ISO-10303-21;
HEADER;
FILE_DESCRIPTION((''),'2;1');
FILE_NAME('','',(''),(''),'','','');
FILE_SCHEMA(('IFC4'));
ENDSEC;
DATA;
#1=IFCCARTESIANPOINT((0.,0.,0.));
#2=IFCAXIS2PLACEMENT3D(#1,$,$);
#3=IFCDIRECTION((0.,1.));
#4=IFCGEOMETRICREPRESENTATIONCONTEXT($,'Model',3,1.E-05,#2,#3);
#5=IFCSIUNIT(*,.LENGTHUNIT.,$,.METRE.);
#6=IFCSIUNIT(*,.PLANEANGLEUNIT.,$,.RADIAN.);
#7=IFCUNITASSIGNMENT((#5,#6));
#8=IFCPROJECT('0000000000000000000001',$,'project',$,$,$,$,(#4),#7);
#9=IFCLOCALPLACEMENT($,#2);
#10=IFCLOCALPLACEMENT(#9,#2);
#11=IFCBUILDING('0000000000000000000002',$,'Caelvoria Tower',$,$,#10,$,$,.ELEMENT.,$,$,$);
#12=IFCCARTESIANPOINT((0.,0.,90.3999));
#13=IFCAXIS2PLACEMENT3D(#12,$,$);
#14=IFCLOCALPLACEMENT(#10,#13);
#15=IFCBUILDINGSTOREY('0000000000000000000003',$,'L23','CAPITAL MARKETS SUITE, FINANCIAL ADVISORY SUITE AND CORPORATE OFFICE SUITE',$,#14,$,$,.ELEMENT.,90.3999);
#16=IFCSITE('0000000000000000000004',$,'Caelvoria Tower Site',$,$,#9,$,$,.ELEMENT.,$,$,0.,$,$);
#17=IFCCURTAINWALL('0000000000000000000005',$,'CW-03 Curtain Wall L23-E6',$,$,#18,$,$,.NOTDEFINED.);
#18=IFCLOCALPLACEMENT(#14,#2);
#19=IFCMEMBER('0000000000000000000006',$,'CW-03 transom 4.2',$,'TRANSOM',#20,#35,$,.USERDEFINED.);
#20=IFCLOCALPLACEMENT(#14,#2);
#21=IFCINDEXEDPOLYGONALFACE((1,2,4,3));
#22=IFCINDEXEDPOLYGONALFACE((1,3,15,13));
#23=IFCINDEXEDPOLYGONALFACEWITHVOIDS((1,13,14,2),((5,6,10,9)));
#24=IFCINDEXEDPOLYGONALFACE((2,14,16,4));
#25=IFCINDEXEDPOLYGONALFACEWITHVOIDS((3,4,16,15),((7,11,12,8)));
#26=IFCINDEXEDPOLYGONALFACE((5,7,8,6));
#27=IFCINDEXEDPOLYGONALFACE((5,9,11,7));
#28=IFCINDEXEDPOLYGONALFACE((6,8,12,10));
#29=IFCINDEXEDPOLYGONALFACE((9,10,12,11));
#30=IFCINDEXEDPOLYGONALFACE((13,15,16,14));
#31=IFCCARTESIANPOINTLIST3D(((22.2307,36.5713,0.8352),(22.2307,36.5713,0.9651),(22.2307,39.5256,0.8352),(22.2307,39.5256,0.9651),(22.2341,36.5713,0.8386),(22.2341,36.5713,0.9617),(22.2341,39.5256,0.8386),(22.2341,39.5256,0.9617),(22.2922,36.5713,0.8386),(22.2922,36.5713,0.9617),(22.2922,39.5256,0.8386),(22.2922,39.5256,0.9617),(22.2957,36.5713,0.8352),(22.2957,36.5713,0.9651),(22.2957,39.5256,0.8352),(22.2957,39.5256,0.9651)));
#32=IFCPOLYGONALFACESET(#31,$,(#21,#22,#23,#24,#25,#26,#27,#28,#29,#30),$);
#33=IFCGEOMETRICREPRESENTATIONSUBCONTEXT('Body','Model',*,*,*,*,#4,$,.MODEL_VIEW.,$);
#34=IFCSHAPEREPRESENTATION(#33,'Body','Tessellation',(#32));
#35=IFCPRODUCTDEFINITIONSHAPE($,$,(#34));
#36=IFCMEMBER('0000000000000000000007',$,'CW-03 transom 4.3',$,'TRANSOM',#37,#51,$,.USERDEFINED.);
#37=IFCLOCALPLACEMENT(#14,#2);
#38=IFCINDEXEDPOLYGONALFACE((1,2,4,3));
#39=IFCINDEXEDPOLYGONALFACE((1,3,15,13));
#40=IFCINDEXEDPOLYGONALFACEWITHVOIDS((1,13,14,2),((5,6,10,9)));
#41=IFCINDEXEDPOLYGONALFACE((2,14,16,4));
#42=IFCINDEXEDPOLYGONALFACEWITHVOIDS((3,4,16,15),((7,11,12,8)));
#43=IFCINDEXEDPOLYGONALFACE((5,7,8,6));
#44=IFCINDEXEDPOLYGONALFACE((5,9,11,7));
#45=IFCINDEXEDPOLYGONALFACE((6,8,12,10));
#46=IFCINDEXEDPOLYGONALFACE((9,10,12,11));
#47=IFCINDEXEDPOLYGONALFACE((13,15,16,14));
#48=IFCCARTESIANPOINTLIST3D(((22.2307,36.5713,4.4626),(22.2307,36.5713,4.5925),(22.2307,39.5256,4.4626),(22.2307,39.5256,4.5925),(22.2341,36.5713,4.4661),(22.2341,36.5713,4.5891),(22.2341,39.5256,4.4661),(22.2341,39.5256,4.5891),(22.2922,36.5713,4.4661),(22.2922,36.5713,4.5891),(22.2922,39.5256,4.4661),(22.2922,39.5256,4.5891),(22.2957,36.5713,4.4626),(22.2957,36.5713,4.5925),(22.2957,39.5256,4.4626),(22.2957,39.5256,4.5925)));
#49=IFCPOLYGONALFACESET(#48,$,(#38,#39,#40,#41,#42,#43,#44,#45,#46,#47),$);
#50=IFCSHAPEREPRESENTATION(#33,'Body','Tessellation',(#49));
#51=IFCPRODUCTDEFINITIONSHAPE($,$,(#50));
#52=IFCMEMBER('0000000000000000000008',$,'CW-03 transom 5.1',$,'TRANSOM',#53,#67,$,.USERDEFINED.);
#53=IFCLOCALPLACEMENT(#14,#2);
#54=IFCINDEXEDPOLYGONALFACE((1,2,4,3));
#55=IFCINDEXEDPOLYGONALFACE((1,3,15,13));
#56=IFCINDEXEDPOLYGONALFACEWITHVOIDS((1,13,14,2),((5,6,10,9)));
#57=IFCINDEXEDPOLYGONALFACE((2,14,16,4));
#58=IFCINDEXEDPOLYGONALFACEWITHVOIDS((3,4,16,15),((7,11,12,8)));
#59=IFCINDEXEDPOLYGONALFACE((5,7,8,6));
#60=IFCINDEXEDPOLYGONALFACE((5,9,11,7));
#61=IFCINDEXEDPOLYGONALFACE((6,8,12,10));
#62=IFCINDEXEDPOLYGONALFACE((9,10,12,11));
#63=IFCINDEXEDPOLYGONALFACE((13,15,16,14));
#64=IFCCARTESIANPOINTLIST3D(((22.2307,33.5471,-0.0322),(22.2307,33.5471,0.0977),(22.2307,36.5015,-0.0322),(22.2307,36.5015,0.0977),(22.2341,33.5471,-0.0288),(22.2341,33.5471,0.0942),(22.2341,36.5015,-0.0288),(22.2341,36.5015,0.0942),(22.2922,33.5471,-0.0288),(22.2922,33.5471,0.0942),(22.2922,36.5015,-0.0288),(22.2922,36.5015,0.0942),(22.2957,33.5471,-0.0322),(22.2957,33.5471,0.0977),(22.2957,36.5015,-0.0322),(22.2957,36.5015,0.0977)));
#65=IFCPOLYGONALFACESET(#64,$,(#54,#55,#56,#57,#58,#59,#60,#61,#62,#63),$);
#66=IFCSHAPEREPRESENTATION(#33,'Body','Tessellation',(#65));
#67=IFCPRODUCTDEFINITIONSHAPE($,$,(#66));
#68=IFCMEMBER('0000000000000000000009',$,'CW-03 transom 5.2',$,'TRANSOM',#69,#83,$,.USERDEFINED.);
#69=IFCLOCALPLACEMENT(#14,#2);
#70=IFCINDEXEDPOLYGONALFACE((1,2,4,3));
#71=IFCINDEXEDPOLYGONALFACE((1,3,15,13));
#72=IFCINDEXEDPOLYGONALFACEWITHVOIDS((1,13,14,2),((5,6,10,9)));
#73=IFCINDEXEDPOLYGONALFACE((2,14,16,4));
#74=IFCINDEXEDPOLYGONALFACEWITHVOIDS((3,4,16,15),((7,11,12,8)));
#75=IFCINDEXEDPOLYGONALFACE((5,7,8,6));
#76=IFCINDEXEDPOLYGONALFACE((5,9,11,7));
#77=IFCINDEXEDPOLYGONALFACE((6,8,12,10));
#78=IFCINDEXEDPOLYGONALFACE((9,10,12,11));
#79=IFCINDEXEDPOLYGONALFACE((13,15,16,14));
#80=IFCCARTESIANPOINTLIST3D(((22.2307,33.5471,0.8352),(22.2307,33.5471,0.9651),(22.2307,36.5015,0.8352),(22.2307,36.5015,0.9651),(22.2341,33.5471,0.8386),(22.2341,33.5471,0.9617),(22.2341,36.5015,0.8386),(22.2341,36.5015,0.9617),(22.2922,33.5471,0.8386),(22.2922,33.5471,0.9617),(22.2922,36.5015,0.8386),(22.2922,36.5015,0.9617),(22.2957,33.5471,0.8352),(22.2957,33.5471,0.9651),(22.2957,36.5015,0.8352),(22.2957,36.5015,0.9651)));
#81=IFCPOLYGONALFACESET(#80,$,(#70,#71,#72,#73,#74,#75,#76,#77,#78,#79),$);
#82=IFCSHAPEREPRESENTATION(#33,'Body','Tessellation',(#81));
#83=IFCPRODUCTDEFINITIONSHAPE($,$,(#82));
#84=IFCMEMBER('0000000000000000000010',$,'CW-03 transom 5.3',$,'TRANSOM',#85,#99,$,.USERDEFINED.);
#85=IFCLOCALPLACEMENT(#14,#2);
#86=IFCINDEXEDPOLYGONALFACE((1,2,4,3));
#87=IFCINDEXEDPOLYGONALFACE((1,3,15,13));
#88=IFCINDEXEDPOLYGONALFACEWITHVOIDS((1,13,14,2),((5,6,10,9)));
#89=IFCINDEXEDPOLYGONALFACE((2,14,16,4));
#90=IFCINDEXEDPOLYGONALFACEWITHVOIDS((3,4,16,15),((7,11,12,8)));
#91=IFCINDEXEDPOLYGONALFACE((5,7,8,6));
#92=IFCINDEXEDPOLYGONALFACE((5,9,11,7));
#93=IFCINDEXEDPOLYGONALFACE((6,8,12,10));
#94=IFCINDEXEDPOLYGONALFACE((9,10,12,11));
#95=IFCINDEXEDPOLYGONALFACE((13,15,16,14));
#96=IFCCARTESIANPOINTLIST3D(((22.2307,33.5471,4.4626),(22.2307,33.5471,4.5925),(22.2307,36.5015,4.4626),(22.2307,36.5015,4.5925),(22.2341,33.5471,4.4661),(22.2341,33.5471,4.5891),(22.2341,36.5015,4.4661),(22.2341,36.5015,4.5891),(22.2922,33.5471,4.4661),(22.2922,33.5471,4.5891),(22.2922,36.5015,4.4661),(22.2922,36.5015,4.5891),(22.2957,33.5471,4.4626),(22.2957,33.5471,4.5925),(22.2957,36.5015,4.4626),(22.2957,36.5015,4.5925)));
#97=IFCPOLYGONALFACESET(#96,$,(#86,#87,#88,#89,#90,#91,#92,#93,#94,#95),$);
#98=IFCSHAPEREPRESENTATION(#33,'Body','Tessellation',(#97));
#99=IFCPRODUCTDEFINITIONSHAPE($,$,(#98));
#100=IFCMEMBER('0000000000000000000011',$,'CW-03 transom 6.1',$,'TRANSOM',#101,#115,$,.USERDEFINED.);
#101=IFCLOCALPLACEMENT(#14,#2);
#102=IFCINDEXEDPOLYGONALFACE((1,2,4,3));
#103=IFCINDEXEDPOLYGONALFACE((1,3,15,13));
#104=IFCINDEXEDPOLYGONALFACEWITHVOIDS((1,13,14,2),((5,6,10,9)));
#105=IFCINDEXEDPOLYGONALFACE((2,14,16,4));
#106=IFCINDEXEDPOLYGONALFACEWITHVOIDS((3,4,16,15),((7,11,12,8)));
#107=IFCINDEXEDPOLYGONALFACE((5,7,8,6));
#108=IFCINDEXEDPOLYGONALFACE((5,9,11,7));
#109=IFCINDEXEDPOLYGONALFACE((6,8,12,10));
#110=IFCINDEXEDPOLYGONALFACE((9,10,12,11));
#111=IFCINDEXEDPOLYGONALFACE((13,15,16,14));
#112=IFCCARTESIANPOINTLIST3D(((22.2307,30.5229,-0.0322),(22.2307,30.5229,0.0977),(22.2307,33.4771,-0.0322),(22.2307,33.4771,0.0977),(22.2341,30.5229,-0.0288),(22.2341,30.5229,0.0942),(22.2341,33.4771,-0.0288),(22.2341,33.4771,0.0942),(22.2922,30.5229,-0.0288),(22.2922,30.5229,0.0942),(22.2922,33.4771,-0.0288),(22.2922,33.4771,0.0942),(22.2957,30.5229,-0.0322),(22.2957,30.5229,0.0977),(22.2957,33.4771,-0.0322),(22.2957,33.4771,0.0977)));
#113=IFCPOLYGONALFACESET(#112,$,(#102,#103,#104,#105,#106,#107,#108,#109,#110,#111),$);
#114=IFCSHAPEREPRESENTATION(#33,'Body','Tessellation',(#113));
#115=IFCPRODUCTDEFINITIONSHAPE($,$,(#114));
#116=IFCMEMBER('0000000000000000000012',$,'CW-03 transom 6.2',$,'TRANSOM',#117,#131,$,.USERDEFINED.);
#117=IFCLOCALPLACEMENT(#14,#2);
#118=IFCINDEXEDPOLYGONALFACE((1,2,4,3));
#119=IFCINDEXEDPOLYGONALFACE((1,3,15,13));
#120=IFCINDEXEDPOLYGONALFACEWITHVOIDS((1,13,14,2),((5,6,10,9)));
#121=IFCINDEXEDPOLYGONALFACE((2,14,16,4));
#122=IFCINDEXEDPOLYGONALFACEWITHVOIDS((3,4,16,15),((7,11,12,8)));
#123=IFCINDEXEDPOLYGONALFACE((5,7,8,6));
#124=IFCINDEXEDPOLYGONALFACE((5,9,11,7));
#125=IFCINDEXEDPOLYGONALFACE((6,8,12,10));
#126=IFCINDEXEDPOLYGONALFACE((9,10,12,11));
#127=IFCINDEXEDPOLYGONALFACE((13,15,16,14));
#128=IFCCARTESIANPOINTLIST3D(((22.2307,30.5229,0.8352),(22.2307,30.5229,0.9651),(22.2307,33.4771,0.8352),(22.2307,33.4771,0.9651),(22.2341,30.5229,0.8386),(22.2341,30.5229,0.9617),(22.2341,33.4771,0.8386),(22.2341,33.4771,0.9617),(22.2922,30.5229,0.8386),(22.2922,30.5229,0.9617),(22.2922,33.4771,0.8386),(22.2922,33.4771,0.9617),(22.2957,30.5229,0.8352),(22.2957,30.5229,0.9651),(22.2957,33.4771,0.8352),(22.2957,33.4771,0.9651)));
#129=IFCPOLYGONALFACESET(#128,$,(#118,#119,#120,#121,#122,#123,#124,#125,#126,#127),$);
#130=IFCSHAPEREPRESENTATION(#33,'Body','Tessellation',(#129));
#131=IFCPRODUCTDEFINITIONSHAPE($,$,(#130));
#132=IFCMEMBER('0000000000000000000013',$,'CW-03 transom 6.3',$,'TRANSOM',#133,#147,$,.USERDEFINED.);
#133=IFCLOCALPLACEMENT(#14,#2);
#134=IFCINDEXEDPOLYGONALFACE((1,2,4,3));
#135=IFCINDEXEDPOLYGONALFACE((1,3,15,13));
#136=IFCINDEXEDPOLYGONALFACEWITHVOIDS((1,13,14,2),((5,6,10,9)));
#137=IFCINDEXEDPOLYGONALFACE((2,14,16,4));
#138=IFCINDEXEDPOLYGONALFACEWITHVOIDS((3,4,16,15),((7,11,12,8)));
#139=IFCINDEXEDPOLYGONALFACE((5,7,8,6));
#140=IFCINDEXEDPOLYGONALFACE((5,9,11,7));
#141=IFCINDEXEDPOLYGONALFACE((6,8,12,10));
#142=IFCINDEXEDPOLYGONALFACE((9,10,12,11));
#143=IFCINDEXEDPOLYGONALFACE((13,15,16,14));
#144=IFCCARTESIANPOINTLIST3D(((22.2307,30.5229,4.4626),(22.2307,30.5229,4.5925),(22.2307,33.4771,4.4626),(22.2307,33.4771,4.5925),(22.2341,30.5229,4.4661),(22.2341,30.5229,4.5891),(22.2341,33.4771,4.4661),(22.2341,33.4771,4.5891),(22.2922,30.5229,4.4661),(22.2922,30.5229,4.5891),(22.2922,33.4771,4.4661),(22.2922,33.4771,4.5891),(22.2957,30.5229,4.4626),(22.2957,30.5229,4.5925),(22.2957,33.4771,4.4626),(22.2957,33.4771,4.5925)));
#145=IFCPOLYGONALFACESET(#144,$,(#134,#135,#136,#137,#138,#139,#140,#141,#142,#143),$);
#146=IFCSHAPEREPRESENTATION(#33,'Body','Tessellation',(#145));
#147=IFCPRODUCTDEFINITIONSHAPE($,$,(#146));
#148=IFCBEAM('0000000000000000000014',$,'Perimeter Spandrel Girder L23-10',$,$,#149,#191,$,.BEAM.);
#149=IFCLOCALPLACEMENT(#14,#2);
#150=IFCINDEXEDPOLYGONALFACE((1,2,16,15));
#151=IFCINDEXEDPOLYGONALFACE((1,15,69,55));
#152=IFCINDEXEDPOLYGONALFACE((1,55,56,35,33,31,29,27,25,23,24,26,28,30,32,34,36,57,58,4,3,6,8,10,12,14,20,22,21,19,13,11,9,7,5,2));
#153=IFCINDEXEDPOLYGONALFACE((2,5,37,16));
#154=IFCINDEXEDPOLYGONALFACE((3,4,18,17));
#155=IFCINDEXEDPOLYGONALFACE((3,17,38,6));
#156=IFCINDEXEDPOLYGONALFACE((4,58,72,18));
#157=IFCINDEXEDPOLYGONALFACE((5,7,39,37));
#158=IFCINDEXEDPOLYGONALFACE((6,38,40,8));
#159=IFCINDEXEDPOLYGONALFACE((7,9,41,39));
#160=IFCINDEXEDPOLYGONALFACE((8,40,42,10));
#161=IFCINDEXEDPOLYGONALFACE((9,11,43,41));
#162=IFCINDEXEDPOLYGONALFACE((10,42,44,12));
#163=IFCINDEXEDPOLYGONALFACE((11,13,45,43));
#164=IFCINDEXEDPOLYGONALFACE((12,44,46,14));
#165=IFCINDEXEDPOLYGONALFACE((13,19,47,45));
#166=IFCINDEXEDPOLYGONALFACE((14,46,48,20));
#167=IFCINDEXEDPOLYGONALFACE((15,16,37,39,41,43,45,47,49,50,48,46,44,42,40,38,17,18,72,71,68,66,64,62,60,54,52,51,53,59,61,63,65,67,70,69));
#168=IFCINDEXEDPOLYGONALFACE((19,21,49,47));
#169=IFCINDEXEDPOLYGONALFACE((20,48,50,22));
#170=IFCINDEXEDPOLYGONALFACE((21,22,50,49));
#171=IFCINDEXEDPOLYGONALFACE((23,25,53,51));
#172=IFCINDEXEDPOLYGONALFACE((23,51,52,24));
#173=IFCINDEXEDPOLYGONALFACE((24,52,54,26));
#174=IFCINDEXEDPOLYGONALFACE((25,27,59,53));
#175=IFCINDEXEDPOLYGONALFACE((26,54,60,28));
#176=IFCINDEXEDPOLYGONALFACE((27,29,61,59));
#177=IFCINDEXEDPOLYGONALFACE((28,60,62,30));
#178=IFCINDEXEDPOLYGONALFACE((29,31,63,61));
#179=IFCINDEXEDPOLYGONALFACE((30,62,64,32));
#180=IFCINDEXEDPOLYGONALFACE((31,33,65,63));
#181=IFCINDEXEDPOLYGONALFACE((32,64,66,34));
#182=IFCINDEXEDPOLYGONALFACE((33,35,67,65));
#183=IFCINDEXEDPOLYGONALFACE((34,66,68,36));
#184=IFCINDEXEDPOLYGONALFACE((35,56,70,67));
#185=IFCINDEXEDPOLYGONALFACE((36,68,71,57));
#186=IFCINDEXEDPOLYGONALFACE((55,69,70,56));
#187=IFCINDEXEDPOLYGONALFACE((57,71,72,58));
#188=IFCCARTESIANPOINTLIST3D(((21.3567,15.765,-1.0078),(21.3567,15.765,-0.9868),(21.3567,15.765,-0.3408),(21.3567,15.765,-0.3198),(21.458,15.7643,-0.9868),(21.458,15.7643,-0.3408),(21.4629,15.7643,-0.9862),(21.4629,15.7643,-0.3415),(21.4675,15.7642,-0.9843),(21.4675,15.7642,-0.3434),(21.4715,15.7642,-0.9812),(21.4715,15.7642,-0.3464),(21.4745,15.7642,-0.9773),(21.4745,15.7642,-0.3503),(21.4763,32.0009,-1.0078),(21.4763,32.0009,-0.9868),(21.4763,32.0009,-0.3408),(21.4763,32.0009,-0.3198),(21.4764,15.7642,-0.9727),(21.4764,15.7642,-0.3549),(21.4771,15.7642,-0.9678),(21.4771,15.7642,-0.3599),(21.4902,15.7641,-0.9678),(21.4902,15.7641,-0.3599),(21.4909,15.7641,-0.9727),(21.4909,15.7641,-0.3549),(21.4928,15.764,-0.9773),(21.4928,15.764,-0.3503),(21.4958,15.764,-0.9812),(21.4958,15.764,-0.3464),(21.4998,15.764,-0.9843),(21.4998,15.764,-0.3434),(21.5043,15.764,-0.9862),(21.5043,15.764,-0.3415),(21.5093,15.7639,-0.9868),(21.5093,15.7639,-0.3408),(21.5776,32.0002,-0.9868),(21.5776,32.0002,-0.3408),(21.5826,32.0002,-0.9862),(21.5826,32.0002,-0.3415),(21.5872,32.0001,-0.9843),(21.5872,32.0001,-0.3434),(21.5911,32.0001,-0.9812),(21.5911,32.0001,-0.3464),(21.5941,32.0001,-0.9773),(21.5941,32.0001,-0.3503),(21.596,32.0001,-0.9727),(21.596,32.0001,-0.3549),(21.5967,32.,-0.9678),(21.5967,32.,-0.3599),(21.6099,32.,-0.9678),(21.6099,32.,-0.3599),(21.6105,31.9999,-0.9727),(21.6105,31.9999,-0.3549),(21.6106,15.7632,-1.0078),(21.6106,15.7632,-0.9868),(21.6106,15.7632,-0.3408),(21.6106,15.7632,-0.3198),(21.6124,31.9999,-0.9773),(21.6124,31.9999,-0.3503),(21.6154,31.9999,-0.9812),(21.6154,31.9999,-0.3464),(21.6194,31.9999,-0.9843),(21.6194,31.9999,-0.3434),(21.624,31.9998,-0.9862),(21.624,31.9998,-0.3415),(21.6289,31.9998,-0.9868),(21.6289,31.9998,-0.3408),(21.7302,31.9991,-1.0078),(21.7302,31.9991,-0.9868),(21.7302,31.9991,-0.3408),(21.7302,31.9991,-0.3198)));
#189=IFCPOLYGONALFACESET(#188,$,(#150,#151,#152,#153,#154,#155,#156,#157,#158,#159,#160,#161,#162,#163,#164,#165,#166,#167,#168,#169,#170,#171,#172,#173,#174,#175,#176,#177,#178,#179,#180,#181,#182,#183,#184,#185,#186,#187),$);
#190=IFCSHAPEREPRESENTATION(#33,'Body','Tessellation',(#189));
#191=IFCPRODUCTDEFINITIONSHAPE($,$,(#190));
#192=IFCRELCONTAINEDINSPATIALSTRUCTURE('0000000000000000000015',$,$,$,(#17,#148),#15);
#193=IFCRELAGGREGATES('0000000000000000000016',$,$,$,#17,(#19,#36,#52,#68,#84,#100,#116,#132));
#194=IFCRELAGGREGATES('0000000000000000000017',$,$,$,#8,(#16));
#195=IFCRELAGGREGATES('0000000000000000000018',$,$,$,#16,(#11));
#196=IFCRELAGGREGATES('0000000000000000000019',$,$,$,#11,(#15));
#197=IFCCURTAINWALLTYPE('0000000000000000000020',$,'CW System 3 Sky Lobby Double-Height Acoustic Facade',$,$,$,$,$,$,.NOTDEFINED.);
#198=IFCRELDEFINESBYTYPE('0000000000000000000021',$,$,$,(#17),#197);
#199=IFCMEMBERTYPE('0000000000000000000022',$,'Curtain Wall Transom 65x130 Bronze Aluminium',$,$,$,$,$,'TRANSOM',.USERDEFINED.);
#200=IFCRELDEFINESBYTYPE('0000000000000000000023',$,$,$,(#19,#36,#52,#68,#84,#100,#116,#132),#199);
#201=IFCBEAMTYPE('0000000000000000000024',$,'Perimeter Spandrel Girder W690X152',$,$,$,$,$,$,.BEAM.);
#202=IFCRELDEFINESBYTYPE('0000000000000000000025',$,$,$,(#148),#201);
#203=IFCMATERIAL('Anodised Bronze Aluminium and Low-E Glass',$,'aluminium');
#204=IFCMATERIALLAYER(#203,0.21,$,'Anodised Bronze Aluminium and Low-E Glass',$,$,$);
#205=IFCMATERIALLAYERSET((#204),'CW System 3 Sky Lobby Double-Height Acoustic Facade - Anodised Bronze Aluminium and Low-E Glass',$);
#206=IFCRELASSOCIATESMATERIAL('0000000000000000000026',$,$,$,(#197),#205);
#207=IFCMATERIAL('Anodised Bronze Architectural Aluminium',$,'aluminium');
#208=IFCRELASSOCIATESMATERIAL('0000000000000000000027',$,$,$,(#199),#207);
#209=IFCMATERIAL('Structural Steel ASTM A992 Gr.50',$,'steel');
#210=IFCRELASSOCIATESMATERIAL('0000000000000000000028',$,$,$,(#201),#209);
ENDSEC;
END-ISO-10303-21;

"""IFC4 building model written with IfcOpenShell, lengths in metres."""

from ifc_helpers import new_model, si_unit, direction, frame, origin, origin_2d, place, context, subcontext, project, spatial, hollow_rectangle, i_section, extrude, material, layer, layer_set, material_profile, profile_set, type_object, element, aggregate, save


model = new_model("IFC4")

# Units and contexts
model_context = context("Model", 3, precision=1e-05, world=origin(), true_north=direction((0.0, 1.0)))
body_context = subcontext(model_context, "Body", "Model", "MODEL_VIEW")
ifc_project = project(units=[si_unit("LENGTHUNIT", "METRE"), si_unit("PLANEANGLEUNIT", "RADIAN")], contexts=[model_context])

# Site, building, storey
site_placement = place(None, origin())
site = spatial("IfcSite", under=ifc_project, at=site_placement, Name="Caelvoria Tower Site", CompositionType="ELEMENT", RefElevation=0.0)
building_placement = place(site_placement, origin())
building = spatial("IfcBuilding", under=site, at=building_placement, Name="Caelvoria Tower", CompositionType="ELEMENT")
storey_placement = place(building_placement, frame((0.0, 0.0, 90.3999)))
storey = spatial("IfcBuildingStorey", under=building, at=storey_placement, Name="L23", Description="CAPITAL MARKETS SUITE, FINANCIAL ADVISORY SUITE AND CORPORATE OFFICE SUITE", CompositionType="ELEMENT", Elevation=90.3999)

# Curtain wall, members
ifc_material_1 = material(Name="Anodised Bronze Aluminium and Low-E Glass", Category="aluminium")
ifc_layer_1 = layer(ifc_material_1, 0.21, Name="Anodised Bronze Aluminium and Low-E Glass")
ifc_layer_set_1 = layer_set([ifc_layer_1], Name="CW System 3 Sky Lobby Double-Height Acoustic Facade - Anodised Bronze Aluminium and Low-E Glass")
curtain_wall_type = type_object("IfcCurtainWallType", Name="CW System 3 Sky Lobby Double-Height Acoustic Facade", PredefinedType="NOTDEFINED", material=ifc_layer_set_1)
curtain_wall_placement = place(storey_placement, origin())
curtain_wall = element("IfcCurtainWall", 1, at=curtain_wall_placement, inside=storey, type_object=curtain_wall_type, Name="CW-03 Curtain Wall L23-E6", PredefinedType="NOTDEFINED")
ifc_material_2 = material(Name="Anodised Bronze Architectural Aluminium", Category="aluminium")
ifc_material_profile_1 = material_profile(ifc_material_2, hollow_rectangle(XDim=0.0649, YDim=0.1299, WallThickness=0.0034, at=origin_2d()), Name="Anodised Bronze Architectural Aluminium")
ifc_profile_set_1 = profile_set([ifc_material_profile_1], Name="CW_TRAN_65X130 - Anodised Bronze Architectural Aluminium")
member_type_1 = type_object("IfcMemberType", Name="Curtain Wall Transom 65x130 Bronze Aluminium", ElementType="TRANSOM", PredefinedType="USERDEFINED", material=ifc_profile_set_1)
member_1_placement = place(storey_placement, frame((22.2632, 39.5256, 0.9001), z_axis=(0.0, -1.0, 0.0), x_axis=(1.0, 0.0, 0.0)))
member_1 = element("IfcMember", 2, at=member_1_placement, type_object=member_type_1, Name="CW-03 transom 4.2", ObjectType="TRANSOM", PredefinedType="USERDEFINED", context=body_context, shape_type="SweptSolid", body=[
    extrude(hollow_rectangle(XDim=0.0649, YDim=0.1299, WallThickness=0.0034, at=origin_2d()), origin(), (0.0, 0.0, 1.0), 2.9543),
])
member_2_placement = place(storey_placement, frame((22.2632, 39.5256, 4.5276), z_axis=(0.0, -1.0, 0.0), x_axis=(1.0, 0.0, 0.0)))
member_2 = element("IfcMember", 3, at=member_2_placement, type_object=member_type_1, Name="CW-03 transom 4.3", ObjectType="TRANSOM", PredefinedType="USERDEFINED", context=body_context, shape_type="SweptSolid", body=[
    extrude(hollow_rectangle(XDim=0.0649, YDim=0.1299, WallThickness=0.0034, at=origin_2d()), origin(), (0.0, 0.0, 1.0), 2.9543),
])
member_3_placement = place(storey_placement, frame((22.2632, 36.5015, 0.0327), z_axis=(0.0, -1.0, 0.0), x_axis=(1.0, 0.0, 0.0)))
member_3 = element("IfcMember", 4, at=member_3_placement, type_object=member_type_1, Name="CW-03 transom 5.1", ObjectType="TRANSOM", PredefinedType="USERDEFINED", context=body_context, shape_type="SweptSolid", body=[
    extrude(hollow_rectangle(XDim=0.0649, YDim=0.1299, WallThickness=0.0034, at=origin_2d()), origin(), (0.0, 0.0, 1.0), 2.9543),
])
member_4_placement = place(storey_placement, frame((22.2632, 36.5015, 0.9001), z_axis=(0.0, -1.0, 0.0), x_axis=(1.0, 0.0, 0.0)))
member_4 = element("IfcMember", 5, at=member_4_placement, type_object=member_type_1, Name="CW-03 transom 5.2", ObjectType="TRANSOM", PredefinedType="USERDEFINED", context=body_context, shape_type="SweptSolid", body=[
    extrude(hollow_rectangle(XDim=0.0649, YDim=0.1299, WallThickness=0.0034, at=origin_2d()), origin(), (0.0, 0.0, 1.0), 2.9543),
])
member_5_placement = place(storey_placement, frame((22.2632, 36.5015, 4.5276), z_axis=(0.0, -1.0, 0.0), x_axis=(1.0, 0.0, 0.0)))
member_5 = element("IfcMember", 6, at=member_5_placement, type_object=member_type_1, Name="CW-03 transom 5.3", ObjectType="TRANSOM", PredefinedType="USERDEFINED", context=body_context, shape_type="SweptSolid", body=[
    extrude(hollow_rectangle(XDim=0.0649, YDim=0.1299, WallThickness=0.0034, at=origin_2d()), origin(), (0.0, 0.0, 1.0), 2.9543),
])
member_6_placement = place(storey_placement, frame((22.2632, 33.4771, 0.0327), z_axis=(0.0, -1.0, 0.0), x_axis=(1.0, 0.0, 0.0)))
member_6 = element("IfcMember", 7, at=member_6_placement, type_object=member_type_1, Name="CW-03 transom 6.1", ObjectType="TRANSOM", PredefinedType="USERDEFINED", context=body_context, shape_type="SweptSolid", body=[
    extrude(hollow_rectangle(XDim=0.0649, YDim=0.1299, WallThickness=0.0034, at=origin_2d()), origin(), (0.0, 0.0, 1.0), 2.9541),
])
member_7_placement = place(storey_placement, frame((22.2632, 33.4771, 0.9001), z_axis=(0.0, -1.0, 0.0), x_axis=(1.0, 0.0, 0.0)))
member_7 = element("IfcMember", 8, at=member_7_placement, type_object=member_type_1, Name="CW-03 transom 6.2", ObjectType="TRANSOM", PredefinedType="USERDEFINED", context=body_context, shape_type="SweptSolid", body=[
    extrude(hollow_rectangle(XDim=0.0649, YDim=0.1299, WallThickness=0.0034, at=origin_2d()), origin(), (0.0, 0.0, 1.0), 2.9541),
])
member_8_placement = place(storey_placement, frame((22.2632, 33.4771, 4.5276), z_axis=(0.0, -1.0, 0.0), x_axis=(1.0, 0.0, 0.0)))
member_8 = element("IfcMember", 9, at=member_8_placement, type_object=member_type_1, Name="CW-03 transom 6.3", ObjectType="TRANSOM", PredefinedType="USERDEFINED", context=body_context, shape_type="SweptSolid", body=[
    extrude(hollow_rectangle(XDim=0.0649, YDim=0.1299, WallThickness=0.0034, at=origin_2d()), origin(), (0.0, 0.0, 1.0), 2.9541),
])

# Beam
ifc_material_3 = material(Name="Structural Steel ASTM A992 Gr.50", Category="steel")
ifc_material_profile_2 = material_profile(ifc_material_3, i_section(OverallWidth=0.2539, OverallDepth=0.688, WebThickness=0.0132, FlangeThickness=0.021, FilletRadius=0.019, at=origin_2d()), Name="Structural Steel ASTM A992 Gr.50")
ifc_profile_set_2 = profile_set([ifc_material_profile_2], Name="W690X152 - Structural Steel ASTM A992 Gr.50")
beam_type = type_object("IfcBeamType", Name="Perimeter Spandrel Girder W690X152", PredefinedType="BEAM", material=ifc_profile_set_2)
beam_placement = place(storey_placement, frame((21.6033, 32.0, -0.6638), z_axis=(-0.007368, -0.999973, 0.0), x_axis=(0.999973, -0.007368, 0.0)))
element("IfcBeam", 10, at=beam_placement, inside=storey, type_object=beam_type, Name="Perimeter Spandrel Girder L23-10", PredefinedType="BEAM", context=body_context, shape_type="SweptSolid", body=[
    extrude(i_section(OverallWidth=0.2539, OverallDepth=0.688, WebThickness=0.0132, FlangeThickness=0.021, FilletRadius=0.019, at=origin_2d()), origin(), (0.0, 0.0, 1.0), 16.2363),
])

aggregate(curtain_wall, [member_1, member_2, member_3, member_4, member_5, member_6, member_7, member_8])

save(model, "model.ifc")
